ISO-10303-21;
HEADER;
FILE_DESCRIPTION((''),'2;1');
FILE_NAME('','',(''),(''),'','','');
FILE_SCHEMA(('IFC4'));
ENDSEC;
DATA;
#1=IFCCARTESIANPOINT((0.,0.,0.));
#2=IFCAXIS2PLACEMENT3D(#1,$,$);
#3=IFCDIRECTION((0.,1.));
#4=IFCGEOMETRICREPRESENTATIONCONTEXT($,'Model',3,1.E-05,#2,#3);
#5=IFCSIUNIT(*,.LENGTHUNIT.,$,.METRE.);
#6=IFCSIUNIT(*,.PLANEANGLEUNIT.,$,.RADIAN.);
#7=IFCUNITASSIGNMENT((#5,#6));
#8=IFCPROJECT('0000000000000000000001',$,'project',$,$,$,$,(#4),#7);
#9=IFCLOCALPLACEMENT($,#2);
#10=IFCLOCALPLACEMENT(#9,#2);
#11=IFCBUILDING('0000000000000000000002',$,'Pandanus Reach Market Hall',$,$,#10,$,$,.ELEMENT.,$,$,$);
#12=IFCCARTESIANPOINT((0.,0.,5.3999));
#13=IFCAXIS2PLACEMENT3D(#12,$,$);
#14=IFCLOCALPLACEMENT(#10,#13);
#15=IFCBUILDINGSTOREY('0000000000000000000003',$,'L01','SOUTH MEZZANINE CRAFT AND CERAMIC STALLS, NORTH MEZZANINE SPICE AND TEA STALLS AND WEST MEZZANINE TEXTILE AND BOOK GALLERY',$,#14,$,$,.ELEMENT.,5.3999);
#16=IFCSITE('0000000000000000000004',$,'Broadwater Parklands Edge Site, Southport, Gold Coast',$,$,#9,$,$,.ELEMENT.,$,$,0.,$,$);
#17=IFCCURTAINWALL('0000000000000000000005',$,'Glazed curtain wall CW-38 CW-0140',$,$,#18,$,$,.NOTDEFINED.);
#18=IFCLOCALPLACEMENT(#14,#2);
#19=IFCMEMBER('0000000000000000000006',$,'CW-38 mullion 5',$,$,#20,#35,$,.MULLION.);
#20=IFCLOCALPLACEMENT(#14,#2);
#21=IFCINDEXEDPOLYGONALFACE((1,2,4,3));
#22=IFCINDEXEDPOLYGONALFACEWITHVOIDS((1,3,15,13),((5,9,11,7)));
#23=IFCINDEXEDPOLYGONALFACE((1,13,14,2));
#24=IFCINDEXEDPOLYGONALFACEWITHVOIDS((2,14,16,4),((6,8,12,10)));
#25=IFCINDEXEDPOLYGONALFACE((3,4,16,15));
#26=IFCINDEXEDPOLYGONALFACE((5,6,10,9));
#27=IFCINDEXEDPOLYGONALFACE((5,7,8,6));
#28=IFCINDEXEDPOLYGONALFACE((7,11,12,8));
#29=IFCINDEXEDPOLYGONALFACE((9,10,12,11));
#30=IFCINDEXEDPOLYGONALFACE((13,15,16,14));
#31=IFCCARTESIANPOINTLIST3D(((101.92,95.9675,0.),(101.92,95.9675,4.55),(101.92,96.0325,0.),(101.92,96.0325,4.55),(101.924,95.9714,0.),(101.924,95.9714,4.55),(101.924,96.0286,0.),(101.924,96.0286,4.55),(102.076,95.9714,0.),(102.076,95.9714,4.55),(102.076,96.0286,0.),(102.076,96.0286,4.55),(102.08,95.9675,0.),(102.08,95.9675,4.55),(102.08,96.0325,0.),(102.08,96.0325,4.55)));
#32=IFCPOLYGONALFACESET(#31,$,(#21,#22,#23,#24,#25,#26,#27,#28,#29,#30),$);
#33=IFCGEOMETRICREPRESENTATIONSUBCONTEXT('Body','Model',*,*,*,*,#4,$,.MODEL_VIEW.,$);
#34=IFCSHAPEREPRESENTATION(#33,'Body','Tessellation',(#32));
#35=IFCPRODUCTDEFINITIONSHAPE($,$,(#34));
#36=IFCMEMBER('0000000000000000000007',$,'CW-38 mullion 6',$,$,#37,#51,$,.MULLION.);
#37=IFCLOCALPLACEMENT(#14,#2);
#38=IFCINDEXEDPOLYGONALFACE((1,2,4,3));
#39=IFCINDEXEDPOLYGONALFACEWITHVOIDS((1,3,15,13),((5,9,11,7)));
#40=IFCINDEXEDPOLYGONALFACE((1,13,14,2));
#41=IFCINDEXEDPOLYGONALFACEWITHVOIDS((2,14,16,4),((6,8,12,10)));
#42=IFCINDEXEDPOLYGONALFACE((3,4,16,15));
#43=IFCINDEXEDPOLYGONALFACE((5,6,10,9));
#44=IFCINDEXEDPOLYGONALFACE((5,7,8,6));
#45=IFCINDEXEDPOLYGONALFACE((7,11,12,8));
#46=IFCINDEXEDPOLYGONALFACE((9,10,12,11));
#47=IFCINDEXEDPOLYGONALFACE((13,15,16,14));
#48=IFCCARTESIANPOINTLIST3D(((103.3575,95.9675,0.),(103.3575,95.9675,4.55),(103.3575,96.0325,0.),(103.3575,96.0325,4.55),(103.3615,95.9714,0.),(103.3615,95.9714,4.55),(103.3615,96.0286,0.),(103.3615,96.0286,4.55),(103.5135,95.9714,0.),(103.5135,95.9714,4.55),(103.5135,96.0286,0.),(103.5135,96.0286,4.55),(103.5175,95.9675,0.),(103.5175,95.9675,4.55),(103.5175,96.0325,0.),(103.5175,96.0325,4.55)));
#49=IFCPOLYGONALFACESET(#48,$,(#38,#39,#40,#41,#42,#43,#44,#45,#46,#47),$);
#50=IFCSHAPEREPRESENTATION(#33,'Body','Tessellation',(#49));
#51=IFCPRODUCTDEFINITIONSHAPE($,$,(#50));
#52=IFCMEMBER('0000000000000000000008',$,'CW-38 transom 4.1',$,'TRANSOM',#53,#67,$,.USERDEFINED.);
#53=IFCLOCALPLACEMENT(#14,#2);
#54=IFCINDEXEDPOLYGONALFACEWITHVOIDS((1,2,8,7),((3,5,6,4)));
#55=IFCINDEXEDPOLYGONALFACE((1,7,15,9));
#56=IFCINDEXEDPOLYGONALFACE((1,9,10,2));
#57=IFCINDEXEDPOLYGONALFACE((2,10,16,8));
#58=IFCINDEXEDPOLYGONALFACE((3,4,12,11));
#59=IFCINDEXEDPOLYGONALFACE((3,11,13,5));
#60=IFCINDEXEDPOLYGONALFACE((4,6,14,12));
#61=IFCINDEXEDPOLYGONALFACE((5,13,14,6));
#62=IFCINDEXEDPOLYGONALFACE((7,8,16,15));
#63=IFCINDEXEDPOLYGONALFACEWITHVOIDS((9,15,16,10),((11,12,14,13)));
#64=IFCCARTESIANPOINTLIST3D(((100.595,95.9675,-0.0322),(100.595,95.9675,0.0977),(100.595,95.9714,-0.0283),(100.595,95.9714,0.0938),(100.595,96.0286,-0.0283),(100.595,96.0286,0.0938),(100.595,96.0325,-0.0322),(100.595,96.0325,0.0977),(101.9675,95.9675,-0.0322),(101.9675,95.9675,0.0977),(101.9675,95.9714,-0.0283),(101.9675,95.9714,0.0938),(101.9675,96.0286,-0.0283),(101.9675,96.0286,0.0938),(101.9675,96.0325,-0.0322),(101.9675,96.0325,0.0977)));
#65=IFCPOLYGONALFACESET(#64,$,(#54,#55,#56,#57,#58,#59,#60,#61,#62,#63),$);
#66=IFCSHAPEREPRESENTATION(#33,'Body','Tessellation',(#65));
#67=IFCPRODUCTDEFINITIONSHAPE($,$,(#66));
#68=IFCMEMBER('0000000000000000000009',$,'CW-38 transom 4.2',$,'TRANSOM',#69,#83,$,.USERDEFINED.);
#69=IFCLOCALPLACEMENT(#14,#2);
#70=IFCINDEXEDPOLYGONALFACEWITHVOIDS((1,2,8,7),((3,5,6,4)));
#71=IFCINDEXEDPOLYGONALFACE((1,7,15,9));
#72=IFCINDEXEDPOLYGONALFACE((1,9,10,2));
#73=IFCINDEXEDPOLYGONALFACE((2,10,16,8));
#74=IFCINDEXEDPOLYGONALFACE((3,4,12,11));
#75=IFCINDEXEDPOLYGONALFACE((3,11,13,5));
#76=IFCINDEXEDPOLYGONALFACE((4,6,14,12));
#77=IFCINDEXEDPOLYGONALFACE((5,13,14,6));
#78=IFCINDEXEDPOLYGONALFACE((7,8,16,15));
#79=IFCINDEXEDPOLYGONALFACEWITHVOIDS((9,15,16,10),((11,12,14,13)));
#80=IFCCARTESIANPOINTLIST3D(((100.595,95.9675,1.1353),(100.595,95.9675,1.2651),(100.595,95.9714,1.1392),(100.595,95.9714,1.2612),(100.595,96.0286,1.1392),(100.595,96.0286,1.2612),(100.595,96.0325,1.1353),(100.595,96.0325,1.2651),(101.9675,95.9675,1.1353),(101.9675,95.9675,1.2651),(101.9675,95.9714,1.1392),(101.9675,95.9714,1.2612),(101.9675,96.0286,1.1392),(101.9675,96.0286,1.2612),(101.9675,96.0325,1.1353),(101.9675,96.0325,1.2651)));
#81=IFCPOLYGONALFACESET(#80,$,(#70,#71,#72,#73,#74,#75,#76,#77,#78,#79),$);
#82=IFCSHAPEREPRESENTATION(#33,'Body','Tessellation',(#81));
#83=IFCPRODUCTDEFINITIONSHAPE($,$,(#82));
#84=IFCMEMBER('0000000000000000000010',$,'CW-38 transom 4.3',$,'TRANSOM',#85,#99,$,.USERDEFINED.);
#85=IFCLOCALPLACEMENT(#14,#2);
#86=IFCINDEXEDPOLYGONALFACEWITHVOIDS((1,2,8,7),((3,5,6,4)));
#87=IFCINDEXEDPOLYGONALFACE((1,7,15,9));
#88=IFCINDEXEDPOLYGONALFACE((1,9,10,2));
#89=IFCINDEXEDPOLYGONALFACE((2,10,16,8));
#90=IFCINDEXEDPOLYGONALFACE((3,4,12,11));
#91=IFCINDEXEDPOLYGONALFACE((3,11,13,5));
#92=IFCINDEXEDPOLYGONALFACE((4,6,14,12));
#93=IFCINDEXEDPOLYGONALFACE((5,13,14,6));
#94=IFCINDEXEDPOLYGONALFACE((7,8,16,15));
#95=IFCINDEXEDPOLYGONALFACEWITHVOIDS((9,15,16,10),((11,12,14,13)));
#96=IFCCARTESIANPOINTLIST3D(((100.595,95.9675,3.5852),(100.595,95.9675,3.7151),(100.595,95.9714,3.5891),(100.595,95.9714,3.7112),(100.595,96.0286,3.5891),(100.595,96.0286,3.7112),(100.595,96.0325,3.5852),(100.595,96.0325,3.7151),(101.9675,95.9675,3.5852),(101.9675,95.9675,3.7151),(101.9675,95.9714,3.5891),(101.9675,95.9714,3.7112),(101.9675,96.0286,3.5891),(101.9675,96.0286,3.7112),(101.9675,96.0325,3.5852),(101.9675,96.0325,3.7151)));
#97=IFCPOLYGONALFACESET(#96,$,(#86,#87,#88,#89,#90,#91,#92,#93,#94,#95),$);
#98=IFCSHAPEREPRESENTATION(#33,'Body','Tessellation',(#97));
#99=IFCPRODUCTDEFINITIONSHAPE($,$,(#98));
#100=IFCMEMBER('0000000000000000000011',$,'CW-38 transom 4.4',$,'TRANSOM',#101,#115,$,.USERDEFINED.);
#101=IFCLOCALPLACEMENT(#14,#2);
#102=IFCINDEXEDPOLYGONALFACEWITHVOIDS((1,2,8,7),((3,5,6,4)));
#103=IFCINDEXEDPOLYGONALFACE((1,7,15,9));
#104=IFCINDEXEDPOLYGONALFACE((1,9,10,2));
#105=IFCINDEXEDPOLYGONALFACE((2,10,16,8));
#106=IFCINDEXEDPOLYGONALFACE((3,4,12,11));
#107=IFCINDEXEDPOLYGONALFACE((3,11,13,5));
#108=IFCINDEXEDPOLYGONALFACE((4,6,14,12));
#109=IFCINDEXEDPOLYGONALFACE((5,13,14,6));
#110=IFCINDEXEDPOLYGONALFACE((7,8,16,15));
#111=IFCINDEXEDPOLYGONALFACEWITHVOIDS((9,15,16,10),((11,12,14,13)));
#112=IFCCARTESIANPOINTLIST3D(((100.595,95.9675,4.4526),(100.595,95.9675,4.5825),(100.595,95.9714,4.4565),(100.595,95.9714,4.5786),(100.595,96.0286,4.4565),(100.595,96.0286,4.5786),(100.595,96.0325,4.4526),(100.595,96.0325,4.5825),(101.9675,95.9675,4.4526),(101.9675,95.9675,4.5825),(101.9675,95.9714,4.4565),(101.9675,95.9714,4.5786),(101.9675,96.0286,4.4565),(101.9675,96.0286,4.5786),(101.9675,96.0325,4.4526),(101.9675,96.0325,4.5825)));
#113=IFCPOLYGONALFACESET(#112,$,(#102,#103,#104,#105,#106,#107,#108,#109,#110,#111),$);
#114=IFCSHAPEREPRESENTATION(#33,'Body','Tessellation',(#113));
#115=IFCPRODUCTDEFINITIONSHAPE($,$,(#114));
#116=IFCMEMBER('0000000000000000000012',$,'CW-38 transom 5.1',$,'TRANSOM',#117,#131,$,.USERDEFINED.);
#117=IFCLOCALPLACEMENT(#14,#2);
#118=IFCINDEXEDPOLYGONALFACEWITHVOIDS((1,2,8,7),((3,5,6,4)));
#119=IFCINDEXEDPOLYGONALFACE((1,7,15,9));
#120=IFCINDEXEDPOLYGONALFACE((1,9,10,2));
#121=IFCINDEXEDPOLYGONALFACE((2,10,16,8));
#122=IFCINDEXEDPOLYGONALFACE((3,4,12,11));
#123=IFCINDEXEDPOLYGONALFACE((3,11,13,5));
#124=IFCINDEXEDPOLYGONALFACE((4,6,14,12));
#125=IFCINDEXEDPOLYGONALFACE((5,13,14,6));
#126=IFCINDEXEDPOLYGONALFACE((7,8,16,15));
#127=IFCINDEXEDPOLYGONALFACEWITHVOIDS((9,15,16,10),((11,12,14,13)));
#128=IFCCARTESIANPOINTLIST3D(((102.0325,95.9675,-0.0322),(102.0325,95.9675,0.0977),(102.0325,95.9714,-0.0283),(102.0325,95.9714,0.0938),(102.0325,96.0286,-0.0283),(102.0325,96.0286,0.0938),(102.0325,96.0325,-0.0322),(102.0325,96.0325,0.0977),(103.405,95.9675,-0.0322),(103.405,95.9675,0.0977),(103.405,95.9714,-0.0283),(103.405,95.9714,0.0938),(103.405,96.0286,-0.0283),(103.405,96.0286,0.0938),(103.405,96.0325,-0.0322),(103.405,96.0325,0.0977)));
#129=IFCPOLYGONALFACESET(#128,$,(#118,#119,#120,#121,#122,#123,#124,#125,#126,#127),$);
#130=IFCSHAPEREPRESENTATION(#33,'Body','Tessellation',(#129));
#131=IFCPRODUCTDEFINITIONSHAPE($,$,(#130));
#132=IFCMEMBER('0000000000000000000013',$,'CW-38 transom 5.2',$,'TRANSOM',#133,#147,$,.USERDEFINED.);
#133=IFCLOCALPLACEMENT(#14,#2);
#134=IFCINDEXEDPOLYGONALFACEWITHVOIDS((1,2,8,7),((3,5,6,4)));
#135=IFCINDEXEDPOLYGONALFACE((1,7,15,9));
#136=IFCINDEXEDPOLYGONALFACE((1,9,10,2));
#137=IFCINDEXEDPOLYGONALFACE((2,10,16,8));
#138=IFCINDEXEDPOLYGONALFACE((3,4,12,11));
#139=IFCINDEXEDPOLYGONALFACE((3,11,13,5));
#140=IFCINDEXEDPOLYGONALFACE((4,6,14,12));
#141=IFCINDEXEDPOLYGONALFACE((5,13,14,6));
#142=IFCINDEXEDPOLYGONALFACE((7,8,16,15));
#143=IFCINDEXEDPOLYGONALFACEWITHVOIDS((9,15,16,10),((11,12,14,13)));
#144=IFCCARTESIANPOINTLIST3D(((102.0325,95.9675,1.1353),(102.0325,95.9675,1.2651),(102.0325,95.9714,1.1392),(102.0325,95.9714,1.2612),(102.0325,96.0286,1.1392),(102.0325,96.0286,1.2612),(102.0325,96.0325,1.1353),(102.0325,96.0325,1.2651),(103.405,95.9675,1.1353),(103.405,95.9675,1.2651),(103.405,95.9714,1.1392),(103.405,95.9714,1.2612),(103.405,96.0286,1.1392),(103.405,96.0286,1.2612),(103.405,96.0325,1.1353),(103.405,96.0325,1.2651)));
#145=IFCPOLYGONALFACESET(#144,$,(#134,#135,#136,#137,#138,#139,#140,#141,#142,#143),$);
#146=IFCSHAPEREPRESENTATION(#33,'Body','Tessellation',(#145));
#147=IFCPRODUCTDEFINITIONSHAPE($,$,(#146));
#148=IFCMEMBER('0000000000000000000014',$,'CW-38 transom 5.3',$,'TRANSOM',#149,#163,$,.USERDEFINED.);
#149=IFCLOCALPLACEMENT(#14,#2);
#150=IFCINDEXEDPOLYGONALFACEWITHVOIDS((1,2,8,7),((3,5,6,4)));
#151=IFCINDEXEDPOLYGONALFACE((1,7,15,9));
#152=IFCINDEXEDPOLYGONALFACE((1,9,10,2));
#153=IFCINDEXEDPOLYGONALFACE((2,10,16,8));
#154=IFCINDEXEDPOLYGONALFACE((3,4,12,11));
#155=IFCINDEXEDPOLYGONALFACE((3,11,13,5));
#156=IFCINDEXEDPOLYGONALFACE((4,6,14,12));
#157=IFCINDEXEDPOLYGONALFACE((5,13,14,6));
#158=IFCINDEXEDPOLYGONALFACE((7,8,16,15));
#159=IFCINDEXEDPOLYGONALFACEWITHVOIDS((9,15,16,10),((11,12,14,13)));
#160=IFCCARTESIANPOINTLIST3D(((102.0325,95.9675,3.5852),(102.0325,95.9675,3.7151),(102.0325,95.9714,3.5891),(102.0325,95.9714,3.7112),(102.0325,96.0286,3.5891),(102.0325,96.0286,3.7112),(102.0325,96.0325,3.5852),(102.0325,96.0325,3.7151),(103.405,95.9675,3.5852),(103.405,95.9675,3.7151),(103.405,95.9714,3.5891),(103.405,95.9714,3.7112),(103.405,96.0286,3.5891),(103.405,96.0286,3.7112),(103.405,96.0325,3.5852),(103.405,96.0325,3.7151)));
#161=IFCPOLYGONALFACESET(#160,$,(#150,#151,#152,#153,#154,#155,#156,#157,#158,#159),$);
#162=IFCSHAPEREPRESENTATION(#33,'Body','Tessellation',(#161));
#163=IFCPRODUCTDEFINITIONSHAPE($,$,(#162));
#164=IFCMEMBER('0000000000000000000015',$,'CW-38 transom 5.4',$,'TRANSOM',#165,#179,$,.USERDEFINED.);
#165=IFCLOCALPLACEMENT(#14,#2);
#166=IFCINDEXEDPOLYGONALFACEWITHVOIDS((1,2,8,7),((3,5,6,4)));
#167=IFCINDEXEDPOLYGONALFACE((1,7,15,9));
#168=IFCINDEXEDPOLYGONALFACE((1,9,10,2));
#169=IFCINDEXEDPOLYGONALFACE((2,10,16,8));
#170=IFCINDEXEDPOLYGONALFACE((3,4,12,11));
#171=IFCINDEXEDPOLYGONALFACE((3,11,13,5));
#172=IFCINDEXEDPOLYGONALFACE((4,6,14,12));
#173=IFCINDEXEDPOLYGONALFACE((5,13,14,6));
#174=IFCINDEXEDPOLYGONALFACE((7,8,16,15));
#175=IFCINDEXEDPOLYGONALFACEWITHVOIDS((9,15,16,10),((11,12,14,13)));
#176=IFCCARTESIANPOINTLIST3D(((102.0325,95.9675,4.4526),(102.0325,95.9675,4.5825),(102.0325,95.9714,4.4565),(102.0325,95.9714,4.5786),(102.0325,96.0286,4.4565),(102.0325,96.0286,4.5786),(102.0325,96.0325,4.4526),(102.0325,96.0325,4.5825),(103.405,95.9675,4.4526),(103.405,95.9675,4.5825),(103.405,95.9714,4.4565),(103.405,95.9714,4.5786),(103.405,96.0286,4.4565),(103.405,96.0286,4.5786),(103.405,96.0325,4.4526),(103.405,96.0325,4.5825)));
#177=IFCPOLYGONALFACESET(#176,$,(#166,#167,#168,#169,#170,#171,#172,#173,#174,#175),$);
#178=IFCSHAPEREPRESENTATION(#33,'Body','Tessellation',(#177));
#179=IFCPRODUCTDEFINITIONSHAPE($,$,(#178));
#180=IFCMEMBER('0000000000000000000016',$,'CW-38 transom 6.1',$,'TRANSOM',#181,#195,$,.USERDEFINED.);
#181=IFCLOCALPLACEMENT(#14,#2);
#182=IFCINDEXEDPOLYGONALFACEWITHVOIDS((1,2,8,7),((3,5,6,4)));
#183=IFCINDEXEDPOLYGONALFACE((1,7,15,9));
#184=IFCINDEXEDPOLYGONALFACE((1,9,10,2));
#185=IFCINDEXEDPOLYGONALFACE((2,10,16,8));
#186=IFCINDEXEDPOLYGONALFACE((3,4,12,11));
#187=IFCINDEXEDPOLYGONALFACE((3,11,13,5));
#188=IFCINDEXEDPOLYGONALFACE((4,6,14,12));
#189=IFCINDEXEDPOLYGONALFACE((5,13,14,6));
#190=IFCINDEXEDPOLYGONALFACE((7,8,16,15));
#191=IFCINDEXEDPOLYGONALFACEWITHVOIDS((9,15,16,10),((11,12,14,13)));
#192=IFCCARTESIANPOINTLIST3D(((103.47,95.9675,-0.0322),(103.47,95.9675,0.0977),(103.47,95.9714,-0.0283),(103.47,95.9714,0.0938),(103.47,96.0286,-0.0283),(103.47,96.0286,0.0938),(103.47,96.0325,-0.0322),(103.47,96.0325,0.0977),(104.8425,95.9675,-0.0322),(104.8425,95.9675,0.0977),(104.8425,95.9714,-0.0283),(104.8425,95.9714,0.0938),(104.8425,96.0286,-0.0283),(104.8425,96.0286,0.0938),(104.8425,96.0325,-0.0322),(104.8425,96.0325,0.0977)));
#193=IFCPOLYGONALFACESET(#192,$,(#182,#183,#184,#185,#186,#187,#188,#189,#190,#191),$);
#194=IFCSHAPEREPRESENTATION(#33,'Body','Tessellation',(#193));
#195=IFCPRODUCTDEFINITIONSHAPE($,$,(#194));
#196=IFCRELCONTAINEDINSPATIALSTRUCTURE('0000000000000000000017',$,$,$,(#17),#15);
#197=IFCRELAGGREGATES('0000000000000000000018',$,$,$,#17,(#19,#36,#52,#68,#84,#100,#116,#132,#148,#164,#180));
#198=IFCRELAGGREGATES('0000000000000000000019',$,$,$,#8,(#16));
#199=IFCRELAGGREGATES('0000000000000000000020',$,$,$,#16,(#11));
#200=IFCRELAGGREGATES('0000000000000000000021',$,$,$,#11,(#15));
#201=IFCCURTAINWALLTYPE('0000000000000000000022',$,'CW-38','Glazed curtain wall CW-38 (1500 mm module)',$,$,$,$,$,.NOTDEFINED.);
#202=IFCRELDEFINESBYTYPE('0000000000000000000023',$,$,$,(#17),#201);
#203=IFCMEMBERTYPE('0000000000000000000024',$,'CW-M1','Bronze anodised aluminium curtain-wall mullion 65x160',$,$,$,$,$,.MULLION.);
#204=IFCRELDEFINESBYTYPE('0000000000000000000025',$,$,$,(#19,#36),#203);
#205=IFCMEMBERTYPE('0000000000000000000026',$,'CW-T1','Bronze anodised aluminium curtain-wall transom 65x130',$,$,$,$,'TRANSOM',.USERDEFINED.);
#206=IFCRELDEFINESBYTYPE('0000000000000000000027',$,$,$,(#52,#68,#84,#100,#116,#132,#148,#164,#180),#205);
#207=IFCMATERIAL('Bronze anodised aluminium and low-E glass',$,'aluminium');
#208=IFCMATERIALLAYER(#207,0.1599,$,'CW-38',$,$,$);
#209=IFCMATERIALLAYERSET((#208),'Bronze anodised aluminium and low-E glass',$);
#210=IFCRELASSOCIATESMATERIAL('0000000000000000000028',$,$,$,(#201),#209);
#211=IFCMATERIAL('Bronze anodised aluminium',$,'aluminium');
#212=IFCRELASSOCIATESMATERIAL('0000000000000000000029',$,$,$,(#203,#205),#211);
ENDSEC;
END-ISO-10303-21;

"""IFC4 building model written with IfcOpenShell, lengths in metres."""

from ifc_helpers import new_model, si_unit, direction, frame, origin, origin_2d, place, context, subcontext, project, spatial, hollow_rectangle, extrude, material, layer, layer_set, material_profile, profile_set, type_object, element, aggregate, save


model = new_model("IFC4")

# Units and contexts
model_context = context("Model", 3, precision=1e-05, world=origin(), true_north=direction((0.0, 1.0)))
body_context = subcontext(model_context, "Body", "Model", "MODEL_VIEW")
ifc_project = project(units=[si_unit("LENGTHUNIT", "METRE"), si_unit("PLANEANGLEUNIT", "RADIAN")], contexts=[model_context])

# Site, building, storey
site_placement = place(None, origin())
site = spatial("IfcSite", under=ifc_project, at=site_placement, Name="Broadwater Parklands Edge Site, Southport, Gold Coast", CompositionType="ELEMENT", RefElevation=0.0)
building_placement = place(site_placement, origin())
building = spatial("IfcBuilding", under=site, at=building_placement, Name="Pandanus Reach Market Hall", CompositionType="ELEMENT")
storey_placement = place(building_placement, frame((0.0, 0.0, 5.3999)))
storey = spatial("IfcBuildingStorey", under=building, at=storey_placement, Name="L01", Description="SOUTH MEZZANINE CRAFT AND CERAMIC STALLS, NORTH MEZZANINE SPICE AND TEA STALLS AND WEST MEZZANINE TEXTILE AND BOOK GALLERY", CompositionType="ELEMENT", Elevation=5.3999)

# Curtain wall, members
ifc_material_1 = material(Name="Bronze anodised aluminium and low-E glass", Category="aluminium")
ifc_layer_1 = layer(ifc_material_1, 0.1599, Name="CW-38")
ifc_layer_set_1 = layer_set([ifc_layer_1], Name="Bronze anodised aluminium and low-E glass")
curtain_wall_type = type_object("IfcCurtainWallType", Name="CW-38", Description="Glazed curtain wall CW-38 (1500 mm module)", PredefinedType="NOTDEFINED", material=ifc_layer_set_1)
curtain_wall_placement = place(storey_placement, origin())
curtain_wall = element("IfcCurtainWall", 1, at=curtain_wall_placement, inside=storey, type_object=curtain_wall_type, Name="Glazed curtain wall CW-38 CW-0140", PredefinedType="NOTDEFINED")
ifc_material_2 = material(Name="Bronze anodised aluminium", Category="aluminium")
ifc_material_profile_1 = material_profile(ifc_material_2, hollow_rectangle(XDim=0.0649, YDim=0.1599, WallThickness=0.0039, at=origin_2d()), Name="ALU65x160", Category="LoadBearing")
ifc_profile_set_1 = profile_set([ifc_material_profile_1], Name="Bronze anodised aluminium")
member_type_1 = type_object("IfcMemberType", Name="CW-M1", Description="Bronze anodised aluminium curtain-wall mullion 65x160", PredefinedType="MULLION", material=ifc_profile_set_1)
member_1_placement = place(storey_placement, frame((102.0, 96.0, 0.0), z_axis=(0.0, 0.0, 1.0), x_axis=(0.0, 1.0, 0.0)))
member_1 = element("IfcMember", 2, at=member_1_placement, type_object=member_type_1, Name="CW-38 mullion 5", PredefinedType="MULLION", context=body_context, shape_type="SweptSolid", body=[
    extrude(hollow_rectangle(XDim=0.0649, YDim=0.1599, WallThickness=0.0039, at=origin_2d()), origin(), (0.0, 0.0, 1.0), 4.55),
])
member_2_placement = place(storey_placement, frame((103.4375, 96.0, 0.0), z_axis=(0.0, 0.0, 1.0), x_axis=(0.0, 1.0, 0.0)))
member_2 = element("IfcMember", 3, at=member_2_placement, type_object=member_type_1, Name="CW-38 mullion 6", PredefinedType="MULLION", context=body_context, shape_type="SweptSolid", body=[
    extrude(hollow_rectangle(XDim=0.0649, YDim=0.1599, WallThickness=0.0039, at=origin_2d()), origin(), (0.0, 0.0, 1.0), 4.55),
])
ifc_material_profile_2 = material_profile(ifc_material_2, hollow_rectangle(XDim=0.0649, YDim=0.1299, WallThickness=0.0039, at=origin_2d()), Name="ALU65x130", Category="LoadBearing")
ifc_profile_set_2 = profile_set([ifc_material_profile_2], Name="Bronze anodised aluminium")
member_type_2 = type_object("IfcMemberType", Name="CW-T1", Description="Bronze anodised aluminium curtain-wall transom 65x130", ElementType="TRANSOM", PredefinedType="USERDEFINED", material=ifc_profile_set_2)
member_3_placement = place(storey_placement, frame((100.595, 96.0, 0.0327), z_axis=(1.0, 0.0, 0.0), x_axis=(0.0, 1.0, 0.0)))
member_3 = element("IfcMember", 4, at=member_3_placement, type_object=member_type_2, Name="CW-38 transom 4.1", ObjectType="TRANSOM", PredefinedType="USERDEFINED", context=body_context, shape_type="SweptSolid", body=[
    extrude(hollow_rectangle(XDim=0.0649, YDim=0.1299, WallThickness=0.0039, at=origin_2d()), origin(), (0.0, 0.0, 1.0), 1.3726),
])
member_4_placement = place(storey_placement, frame((100.595, 96.0, 1.2002), z_axis=(1.0, 0.0, 0.0), x_axis=(0.0, 1.0, 0.0)))
member_4 = element("IfcMember", 5, at=member_4_placement, type_object=member_type_2, Name="CW-38 transom 4.2", ObjectType="TRANSOM", PredefinedType="USERDEFINED", context=body_context, shape_type="SweptSolid", body=[
    extrude(hollow_rectangle(XDim=0.0649, YDim=0.1299, WallThickness=0.0039, at=origin_2d()), origin(), (0.0, 0.0, 1.0), 1.3726),
])
member_5_placement = place(storey_placement, frame((100.595, 96.0, 3.6501), z_axis=(1.0, 0.0, 0.0), x_axis=(0.0, 1.0, 0.0)))
member_5 = element("IfcMember", 6, at=member_5_placement, type_object=member_type_2, Name="CW-38 transom 4.3", ObjectType="TRANSOM", PredefinedType="USERDEFINED", context=body_context, shape_type="SweptSolid", body=[
    extrude(hollow_rectangle(XDim=0.0649, YDim=0.1299, WallThickness=0.0039, at=origin_2d()), origin(), (0.0, 0.0, 1.0), 1.3726),
])
member_6_placement = place(storey_placement, frame((100.595, 96.0, 4.5176), z_axis=(1.0, 0.0, 0.0), x_axis=(0.0, 1.0, 0.0)))
member_6 = element("IfcMember", 7, at=member_6_placement, type_object=member_type_2, Name="CW-38 transom 4.4", ObjectType="TRANSOM", PredefinedType="USERDEFINED", context=body_context, shape_type="SweptSolid", body=[
    extrude(hollow_rectangle(XDim=0.0649, YDim=0.1299, WallThickness=0.0039, at=origin_2d()), origin(), (0.0, 0.0, 1.0), 1.3726),
])
member_7_placement = place(storey_placement, frame((102.0325, 96.0, 0.0327), z_axis=(1.0, 0.0, 0.0), x_axis=(0.0, 1.0, 0.0)))
member_7 = element("IfcMember", 8, at=member_7_placement, type_object=member_type_2, Name="CW-38 transom 5.1", ObjectType="TRANSOM", PredefinedType="USERDEFINED", context=body_context, shape_type="SweptSolid", body=[
    extrude(hollow_rectangle(XDim=0.0649, YDim=0.1299, WallThickness=0.0039, at=origin_2d()), origin(), (0.0, 0.0, 1.0), 1.3726),
])
member_8_placement = place(storey_placement, frame((102.0325, 96.0, 1.2002), z_axis=(1.0, 0.0, 0.0), x_axis=(0.0, 1.0, 0.0)))
member_8 = element("IfcMember", 9, at=member_8_placement, type_object=member_type_2, Name="CW-38 transom 5.2", ObjectType="TRANSOM", PredefinedType="USERDEFINED", context=body_context, shape_type="SweptSolid", body=[
    extrude(hollow_rectangle(XDim=0.0649, YDim=0.1299, WallThickness=0.0039, at=origin_2d()), origin(), (0.0, 0.0, 1.0), 1.3726),
])
member_9_placement = place(storey_placement, frame((102.0325, 96.0, 3.6501), z_axis=(1.0, 0.0, 0.0), x_axis=(0.0, 1.0, 0.0)))
member_9 = element("IfcMember", 10, at=member_9_placement, type_object=member_type_2, Name="CW-38 transom 5.3", ObjectType="TRANSOM", PredefinedType="USERDEFINED", context=body_context, shape_type="SweptSolid", body=[
    extrude(hollow_rectangle(XDim=0.0649, YDim=0.1299, WallThickness=0.0039, at=origin_2d()), origin(), (0.0, 0.0, 1.0), 1.3726),
])
member_10_placement = place(storey_placement, frame((102.0325, 96.0, 4.5176), z_axis=(1.0, 0.0, 0.0), x_axis=(0.0, 1.0, 0.0)))
member_10 = element("IfcMember", 11, at=member_10_placement, type_object=member_type_2, Name="CW-38 transom 5.4", ObjectType="TRANSOM", PredefinedType="USERDEFINED", context=body_context, shape_type="SweptSolid", body=[
    extrude(hollow_rectangle(XDim=0.0649, YDim=0.1299, WallThickness=0.0039, at=origin_2d()), origin(), (0.0, 0.0, 1.0), 1.3726),
])
member_11_placement = place(storey_placement, frame((103.47, 96.0, 0.0327), z_axis=(1.0, 0.0, 0.0), x_axis=(0.0, 1.0, 0.0)))
member_11 = element("IfcMember", 12, at=member_11_placement, type_object=member_type_2, Name="CW-38 transom 6.1", ObjectType="TRANSOM", PredefinedType="USERDEFINED", context=body_context, shape_type="SweptSolid", body=[
    extrude(hollow_rectangle(XDim=0.0649, YDim=0.1299, WallThickness=0.0039, at=origin_2d()), origin(), (0.0, 0.0, 1.0), 1.3726),
])
aggregate(curtain_wall, [member_1, member_2, member_3, member_4, member_5, member_6, member_7, member_8, member_9, member_10, member_11])

save(model, "model.ifc")
